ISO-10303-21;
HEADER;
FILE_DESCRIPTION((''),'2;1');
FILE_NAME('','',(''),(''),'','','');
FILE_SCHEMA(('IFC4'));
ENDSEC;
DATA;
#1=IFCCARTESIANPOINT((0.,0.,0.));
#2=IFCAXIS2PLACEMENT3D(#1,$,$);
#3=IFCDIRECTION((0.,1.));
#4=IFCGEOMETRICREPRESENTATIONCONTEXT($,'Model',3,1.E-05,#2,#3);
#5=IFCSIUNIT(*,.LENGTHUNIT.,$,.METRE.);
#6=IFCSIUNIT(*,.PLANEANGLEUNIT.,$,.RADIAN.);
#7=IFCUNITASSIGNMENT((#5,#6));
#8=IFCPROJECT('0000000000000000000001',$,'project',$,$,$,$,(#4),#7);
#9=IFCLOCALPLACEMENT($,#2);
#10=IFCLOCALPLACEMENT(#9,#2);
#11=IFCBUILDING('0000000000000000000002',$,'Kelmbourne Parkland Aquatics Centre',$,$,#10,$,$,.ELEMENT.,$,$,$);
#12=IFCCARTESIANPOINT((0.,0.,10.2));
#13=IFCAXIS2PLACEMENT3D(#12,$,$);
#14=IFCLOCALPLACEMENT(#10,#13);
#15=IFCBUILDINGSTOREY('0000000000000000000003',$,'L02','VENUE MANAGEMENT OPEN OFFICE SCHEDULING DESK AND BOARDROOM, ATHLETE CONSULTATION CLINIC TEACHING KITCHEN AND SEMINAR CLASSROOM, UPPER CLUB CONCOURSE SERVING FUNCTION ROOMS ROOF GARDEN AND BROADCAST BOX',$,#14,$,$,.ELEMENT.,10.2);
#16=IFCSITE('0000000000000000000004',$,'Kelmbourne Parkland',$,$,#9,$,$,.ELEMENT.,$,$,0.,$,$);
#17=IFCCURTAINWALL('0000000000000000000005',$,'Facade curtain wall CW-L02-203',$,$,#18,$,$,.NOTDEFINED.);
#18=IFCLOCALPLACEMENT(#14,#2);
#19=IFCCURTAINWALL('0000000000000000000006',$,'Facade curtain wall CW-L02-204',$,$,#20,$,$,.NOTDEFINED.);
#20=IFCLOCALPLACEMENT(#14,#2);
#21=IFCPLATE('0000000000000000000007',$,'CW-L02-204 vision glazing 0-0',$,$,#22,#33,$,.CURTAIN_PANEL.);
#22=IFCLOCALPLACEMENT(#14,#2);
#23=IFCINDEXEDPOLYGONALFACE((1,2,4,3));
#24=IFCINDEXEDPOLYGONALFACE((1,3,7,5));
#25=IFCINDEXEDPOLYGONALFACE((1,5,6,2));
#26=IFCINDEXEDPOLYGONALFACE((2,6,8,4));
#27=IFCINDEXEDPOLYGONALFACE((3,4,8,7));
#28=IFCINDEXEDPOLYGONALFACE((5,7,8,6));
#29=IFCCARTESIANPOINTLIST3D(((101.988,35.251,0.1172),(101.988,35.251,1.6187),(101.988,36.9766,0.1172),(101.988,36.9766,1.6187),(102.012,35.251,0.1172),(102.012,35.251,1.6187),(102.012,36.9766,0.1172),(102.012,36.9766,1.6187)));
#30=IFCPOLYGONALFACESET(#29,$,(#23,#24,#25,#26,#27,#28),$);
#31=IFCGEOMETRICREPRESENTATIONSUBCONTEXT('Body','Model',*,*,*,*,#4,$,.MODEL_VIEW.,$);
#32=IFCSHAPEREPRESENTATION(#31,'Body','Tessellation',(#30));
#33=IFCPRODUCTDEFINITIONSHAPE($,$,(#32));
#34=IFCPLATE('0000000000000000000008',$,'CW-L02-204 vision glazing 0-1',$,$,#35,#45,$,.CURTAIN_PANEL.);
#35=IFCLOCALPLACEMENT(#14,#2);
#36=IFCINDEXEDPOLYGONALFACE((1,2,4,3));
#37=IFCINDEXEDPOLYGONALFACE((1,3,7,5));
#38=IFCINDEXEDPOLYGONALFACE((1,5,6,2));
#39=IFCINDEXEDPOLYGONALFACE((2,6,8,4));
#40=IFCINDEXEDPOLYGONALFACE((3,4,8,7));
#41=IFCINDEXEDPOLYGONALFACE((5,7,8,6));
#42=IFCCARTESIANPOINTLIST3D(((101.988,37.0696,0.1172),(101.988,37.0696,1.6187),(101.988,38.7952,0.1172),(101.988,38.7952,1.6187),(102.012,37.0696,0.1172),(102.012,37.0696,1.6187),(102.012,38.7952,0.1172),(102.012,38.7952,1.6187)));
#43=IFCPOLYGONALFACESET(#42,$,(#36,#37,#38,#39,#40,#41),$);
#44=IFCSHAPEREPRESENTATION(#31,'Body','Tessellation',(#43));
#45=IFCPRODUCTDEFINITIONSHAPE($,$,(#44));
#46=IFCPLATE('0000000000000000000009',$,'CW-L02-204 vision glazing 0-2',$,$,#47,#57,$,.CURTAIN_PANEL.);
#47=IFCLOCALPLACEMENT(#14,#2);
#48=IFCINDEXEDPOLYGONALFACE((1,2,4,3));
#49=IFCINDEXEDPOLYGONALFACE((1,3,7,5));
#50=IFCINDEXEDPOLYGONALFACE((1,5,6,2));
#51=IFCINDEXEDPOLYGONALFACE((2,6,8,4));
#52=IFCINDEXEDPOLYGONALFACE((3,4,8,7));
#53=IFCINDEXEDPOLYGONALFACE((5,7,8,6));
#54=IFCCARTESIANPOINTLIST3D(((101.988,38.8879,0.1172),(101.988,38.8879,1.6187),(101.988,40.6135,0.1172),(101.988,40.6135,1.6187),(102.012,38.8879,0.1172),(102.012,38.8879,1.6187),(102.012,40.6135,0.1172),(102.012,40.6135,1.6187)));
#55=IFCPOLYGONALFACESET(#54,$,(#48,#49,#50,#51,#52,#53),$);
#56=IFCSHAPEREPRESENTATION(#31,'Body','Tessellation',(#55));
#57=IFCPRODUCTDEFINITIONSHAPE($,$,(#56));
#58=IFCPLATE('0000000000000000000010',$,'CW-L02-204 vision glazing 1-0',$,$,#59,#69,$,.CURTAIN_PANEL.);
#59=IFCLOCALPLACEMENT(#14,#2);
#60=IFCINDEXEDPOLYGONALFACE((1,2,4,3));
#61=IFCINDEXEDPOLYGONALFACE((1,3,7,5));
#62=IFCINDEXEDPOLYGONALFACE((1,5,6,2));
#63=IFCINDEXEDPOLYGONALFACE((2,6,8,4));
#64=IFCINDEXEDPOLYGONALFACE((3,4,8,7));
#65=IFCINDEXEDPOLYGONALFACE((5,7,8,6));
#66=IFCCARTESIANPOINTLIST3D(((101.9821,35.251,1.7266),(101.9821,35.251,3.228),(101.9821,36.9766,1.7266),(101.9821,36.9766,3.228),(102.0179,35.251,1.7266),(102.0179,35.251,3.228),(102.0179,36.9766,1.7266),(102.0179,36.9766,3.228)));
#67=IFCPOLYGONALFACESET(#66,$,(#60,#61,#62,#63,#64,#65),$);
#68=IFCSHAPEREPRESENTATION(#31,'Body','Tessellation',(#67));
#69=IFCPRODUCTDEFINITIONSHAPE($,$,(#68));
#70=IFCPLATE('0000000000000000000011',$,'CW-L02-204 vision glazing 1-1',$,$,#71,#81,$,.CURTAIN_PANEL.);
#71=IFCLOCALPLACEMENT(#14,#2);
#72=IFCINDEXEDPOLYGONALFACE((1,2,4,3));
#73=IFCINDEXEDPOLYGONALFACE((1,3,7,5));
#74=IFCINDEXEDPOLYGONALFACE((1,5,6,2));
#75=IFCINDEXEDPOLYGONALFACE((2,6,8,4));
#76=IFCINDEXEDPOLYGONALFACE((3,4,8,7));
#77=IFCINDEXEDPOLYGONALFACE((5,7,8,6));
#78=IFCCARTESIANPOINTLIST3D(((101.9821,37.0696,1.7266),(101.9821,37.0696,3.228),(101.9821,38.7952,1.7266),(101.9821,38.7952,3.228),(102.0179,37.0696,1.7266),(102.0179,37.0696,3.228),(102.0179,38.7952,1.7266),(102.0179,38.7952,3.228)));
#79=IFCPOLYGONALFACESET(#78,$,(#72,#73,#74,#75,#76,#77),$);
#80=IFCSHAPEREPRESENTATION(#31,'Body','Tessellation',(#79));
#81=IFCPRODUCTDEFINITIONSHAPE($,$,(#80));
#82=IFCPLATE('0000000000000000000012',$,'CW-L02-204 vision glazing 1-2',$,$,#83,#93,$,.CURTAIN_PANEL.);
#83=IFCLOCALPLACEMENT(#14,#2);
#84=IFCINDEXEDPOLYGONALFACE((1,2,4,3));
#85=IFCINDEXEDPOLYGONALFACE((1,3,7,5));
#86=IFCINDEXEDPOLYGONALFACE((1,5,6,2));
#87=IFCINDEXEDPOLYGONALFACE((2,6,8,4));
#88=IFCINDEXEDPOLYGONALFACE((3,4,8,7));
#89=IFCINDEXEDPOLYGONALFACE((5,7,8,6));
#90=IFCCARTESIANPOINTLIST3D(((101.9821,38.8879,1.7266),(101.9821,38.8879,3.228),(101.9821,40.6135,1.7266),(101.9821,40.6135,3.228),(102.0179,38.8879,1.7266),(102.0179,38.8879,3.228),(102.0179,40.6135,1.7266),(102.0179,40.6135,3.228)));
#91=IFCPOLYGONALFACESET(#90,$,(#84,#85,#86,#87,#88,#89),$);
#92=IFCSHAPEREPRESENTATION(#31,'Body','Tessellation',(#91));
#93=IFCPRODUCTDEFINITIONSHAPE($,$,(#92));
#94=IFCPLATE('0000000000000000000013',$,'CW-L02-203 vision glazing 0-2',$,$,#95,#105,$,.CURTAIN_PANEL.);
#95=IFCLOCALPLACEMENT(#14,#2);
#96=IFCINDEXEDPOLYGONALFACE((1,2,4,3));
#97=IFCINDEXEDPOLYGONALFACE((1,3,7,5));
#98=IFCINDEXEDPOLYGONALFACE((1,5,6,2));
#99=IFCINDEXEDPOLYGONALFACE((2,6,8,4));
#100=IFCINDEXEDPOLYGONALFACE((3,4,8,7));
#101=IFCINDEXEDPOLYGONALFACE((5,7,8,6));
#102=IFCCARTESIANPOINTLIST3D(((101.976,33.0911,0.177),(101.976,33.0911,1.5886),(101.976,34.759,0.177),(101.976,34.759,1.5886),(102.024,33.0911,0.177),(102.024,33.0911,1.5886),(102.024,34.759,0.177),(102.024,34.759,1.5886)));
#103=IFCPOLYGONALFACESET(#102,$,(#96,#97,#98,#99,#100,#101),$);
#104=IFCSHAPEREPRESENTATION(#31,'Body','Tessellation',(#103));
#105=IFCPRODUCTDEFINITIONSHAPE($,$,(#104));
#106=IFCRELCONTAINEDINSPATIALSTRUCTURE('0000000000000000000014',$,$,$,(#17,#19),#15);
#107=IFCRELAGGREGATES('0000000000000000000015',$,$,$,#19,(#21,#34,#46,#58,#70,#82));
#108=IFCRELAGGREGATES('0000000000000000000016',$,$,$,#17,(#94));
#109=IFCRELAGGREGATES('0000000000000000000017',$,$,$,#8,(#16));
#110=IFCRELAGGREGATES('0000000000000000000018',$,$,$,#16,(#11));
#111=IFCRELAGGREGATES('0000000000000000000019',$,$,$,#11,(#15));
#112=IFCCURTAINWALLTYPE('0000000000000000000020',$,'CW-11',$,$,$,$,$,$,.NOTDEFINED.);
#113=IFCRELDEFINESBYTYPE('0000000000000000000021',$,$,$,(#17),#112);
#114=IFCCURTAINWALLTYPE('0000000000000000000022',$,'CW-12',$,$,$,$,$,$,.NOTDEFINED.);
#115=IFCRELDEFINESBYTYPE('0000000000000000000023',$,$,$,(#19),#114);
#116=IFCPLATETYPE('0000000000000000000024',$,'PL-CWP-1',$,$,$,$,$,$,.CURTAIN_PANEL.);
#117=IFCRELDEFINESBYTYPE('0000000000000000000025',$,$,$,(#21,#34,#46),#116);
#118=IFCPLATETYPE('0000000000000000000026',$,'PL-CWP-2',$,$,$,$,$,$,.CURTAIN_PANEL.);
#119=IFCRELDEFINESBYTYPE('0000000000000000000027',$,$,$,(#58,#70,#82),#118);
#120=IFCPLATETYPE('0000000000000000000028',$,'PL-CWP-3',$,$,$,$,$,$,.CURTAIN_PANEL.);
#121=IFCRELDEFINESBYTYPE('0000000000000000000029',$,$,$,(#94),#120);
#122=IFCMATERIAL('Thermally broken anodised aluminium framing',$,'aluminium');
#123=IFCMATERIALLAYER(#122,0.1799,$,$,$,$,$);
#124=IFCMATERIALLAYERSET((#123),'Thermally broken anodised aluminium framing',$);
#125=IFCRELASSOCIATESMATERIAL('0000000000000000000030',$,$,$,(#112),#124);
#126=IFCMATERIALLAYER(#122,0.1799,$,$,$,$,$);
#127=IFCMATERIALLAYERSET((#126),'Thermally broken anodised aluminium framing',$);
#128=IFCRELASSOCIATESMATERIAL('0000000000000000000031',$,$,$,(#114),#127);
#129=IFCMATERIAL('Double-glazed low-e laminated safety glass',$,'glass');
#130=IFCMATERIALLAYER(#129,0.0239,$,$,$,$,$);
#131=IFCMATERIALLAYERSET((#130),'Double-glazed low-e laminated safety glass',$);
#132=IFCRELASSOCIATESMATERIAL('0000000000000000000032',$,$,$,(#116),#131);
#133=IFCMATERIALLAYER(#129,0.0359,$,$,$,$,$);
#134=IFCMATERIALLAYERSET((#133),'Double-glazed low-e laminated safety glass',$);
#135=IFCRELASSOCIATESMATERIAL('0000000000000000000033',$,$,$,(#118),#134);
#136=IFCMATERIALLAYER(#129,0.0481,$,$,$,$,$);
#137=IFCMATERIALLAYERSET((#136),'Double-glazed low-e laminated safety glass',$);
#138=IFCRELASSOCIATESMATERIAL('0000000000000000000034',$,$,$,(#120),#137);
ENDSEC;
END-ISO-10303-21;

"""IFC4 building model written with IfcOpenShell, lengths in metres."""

from ifc_helpers import new_model, si_unit, direction, frame, origin, origin_2d, place, context, subcontext, project, spatial, rectangle, extrude, material, layer, layer_set, type_object, element, aggregate, save


model = new_model("IFC4")

# Units and contexts
model_context = context("Model", 3, precision=1e-05, world=origin(), true_north=direction((0.0, 1.0)))
body_context = subcontext(model_context, "Body", "Model", "MODEL_VIEW")
ifc_project = project(units=[si_unit("LENGTHUNIT", "METRE"), si_unit("PLANEANGLEUNIT", "RADIAN")], contexts=[model_context])

# Site, building, storey
site_placement = place(None, origin())
site = spatial("IfcSite", under=ifc_project, at=site_placement, Name="Kelmbourne Parkland", CompositionType="ELEMENT", RefElevation=0.0)
building_placement = place(site_placement, origin())
building = spatial("IfcBuilding", under=site, at=building_placement, Name="Kelmbourne Parkland Aquatics Centre", CompositionType="ELEMENT")
storey_placement = place(building_placement, frame((0.0, 0.0, 10.2)))
storey = spatial("IfcBuildingStorey", under=building, at=storey_placement, Name="L02", Description="VENUE MANAGEMENT OPEN OFFICE SCHEDULING DESK AND BOARDROOM, ATHLETE CONSULTATION CLINIC TEACHING KITCHEN AND SEMINAR CLASSROOM, UPPER CLUB CONCOURSE SERVING FUNCTION ROOMS ROOF GARDEN AND BROADCAST BOX", CompositionType="ELEMENT", Elevation=10.2)

# Curtain wall
ifc_material_1 = material(Name="Thermally broken anodised aluminium framing", Category="aluminium")
ifc_layer_1 = layer(ifc_material_1, 0.1799)
ifc_layer_set_1 = layer_set([ifc_layer_1], Name="Thermally broken anodised aluminium framing")
curtain_wall_type_1 = type_object("IfcCurtainWallType", Name="CW-11", PredefinedType="NOTDEFINED", material=ifc_layer_set_1)
curtain_wall_1_placement = place(storey_placement, origin())
curtain_wall_1 = element("IfcCurtainWall", 1, at=curtain_wall_1_placement, inside=storey, type_object=curtain_wall_type_1, Name="Facade curtain wall CW-L02-203", PredefinedType="NOTDEFINED")

# Curtain wall
ifc_layer_2 = layer(ifc_material_1, 0.1799)
ifc_layer_set_2 = layer_set([ifc_layer_2], Name="Thermally broken anodised aluminium framing")
curtain_wall_type_2 = type_object("IfcCurtainWallType", Name="CW-12", PredefinedType="NOTDEFINED", material=ifc_layer_set_2)
curtain_wall_2_placement = place(storey_placement, origin())
curtain_wall_2 = element("IfcCurtainWall", 2, at=curtain_wall_2_placement, inside=storey, type_object=curtain_wall_type_2, Name="Facade curtain wall CW-L02-204", PredefinedType="NOTDEFINED")

# Plates
ifc_material_2 = material(Name="Double-glazed low-e laminated safety glass", Category="glass")
ifc_layer_3 = layer(ifc_material_2, 0.0239)
ifc_layer_set_3 = layer_set([ifc_layer_3], Name="Double-glazed low-e laminated safety glass")
plate_type_1 = type_object("IfcPlateType", Name="PL-CWP-1", PredefinedType="CURTAIN_PANEL", material=ifc_layer_set_3)
plate_1_placement = place(storey_placement, frame((102.0, 36.1138, 0.1172), z_axis=(0.0, 0.0, 1.0), x_axis=(0.0, 1.0, 0.0)))
plate_1 = element("IfcPlate", 3, at=plate_1_placement, type_object=plate_type_1, Name="CW-L02-204 vision glazing 0-0", PredefinedType="CURTAIN_PANEL", context=body_context, shape_type="SweptSolid", body=[
    extrude(rectangle(XDim=1.7256, YDim=0.0239, at=origin_2d()), origin(), (0.0, 0.0, 1.0), 1.5015),
])
plate_2_placement = place(storey_placement, frame((102.0, 37.9324, 0.1172), z_axis=(0.0, 0.0, 1.0), x_axis=(0.0, 1.0, 0.0)))
plate_2 = element("IfcPlate", 4, at=plate_2_placement, type_object=plate_type_1, Name="CW-L02-204 vision glazing 0-1", PredefinedType="CURTAIN_PANEL", context=body_context, shape_type="SweptSolid", body=[
    extrude(rectangle(XDim=1.7256, YDim=0.0239, at=origin_2d()), origin(), (0.0, 0.0, 1.0), 1.5015),
])
plate_3_placement = place(storey_placement, frame((102.0, 39.7507, 0.1172), z_axis=(0.0, 0.0, 1.0), x_axis=(0.0, 1.0, 0.0)))
plate_3 = element("IfcPlate", 5, at=plate_3_placement, type_object=plate_type_1, Name="CW-L02-204 vision glazing 0-2", PredefinedType="CURTAIN_PANEL", context=body_context, shape_type="SweptSolid", body=[
    extrude(rectangle(XDim=1.7256, YDim=0.0239, at=origin_2d()), origin(), (0.0, 0.0, 1.0), 1.5015),
])
ifc_layer_4 = layer(ifc_material_2, 0.0359)
ifc_layer_set_4 = layer_set([ifc_layer_4], Name="Double-glazed low-e laminated safety glass")
plate_type_2 = type_object("IfcPlateType", Name="PL-CWP-2", PredefinedType="CURTAIN_PANEL", material=ifc_layer_set_4)
plate_4_placement = place(storey_placement, frame((102.0, 36.1138, 1.7266), z_axis=(0.0, 0.0, 1.0), x_axis=(0.0, 1.0, 0.0)))
plate_4 = element("IfcPlate", 6, at=plate_4_placement, type_object=plate_type_2, Name="CW-L02-204 vision glazing 1-0", PredefinedType="CURTAIN_PANEL", context=body_context, shape_type="SweptSolid", body=[
    extrude(rectangle(XDim=1.7256, YDim=0.0359, at=origin_2d()), origin(), (0.0, 0.0, 1.0), 1.5015),
])
plate_5_placement = place(storey_placement, frame((102.0, 37.9324, 1.7266), z_axis=(0.0, 0.0, 1.0), x_axis=(0.0, 1.0, 0.0)))
plate_5 = element("IfcPlate", 7, at=plate_5_placement, type_object=plate_type_2, Name="CW-L02-204 vision glazing 1-1", PredefinedType="CURTAIN_PANEL", context=body_context, shape_type="SweptSolid", body=[
    extrude(rectangle(XDim=1.7256, YDim=0.0359, at=origin_2d()), origin(), (0.0, 0.0, 1.0), 1.5015),
])
plate_6_placement = place(storey_placement, frame((102.0, 39.7507, 1.7266), z_axis=(0.0, 0.0, 1.0), x_axis=(0.0, 1.0, 0.0)))
plate_6 = element("IfcPlate", 8, at=plate_6_placement, type_object=plate_type_2, Name="CW-L02-204 vision glazing 1-2", PredefinedType="CURTAIN_PANEL", context=body_context, shape_type="SweptSolid", body=[
    extrude(rectangle(XDim=1.7256, YDim=0.0359, at=origin_2d()), origin(), (0.0, 0.0, 1.0), 1.5015),
])
aggregate(curtain_wall_2, [plate_1, plate_2, plate_3, plate_4, plate_5, plate_6])
ifc_layer_5 = layer(ifc_material_2, 0.0481)
ifc_layer_set_5 = layer_set([ifc_layer_5], Name="Double-glazed low-e laminated safety glass")
plate_type_3 = type_object("IfcPlateType", Name="PL-CWP-3", PredefinedType="CURTAIN_PANEL", material=ifc_layer_set_5)
plate_7_placement = place(storey_placement, frame((102.0, 33.925, 0.177), z_axis=(0.0, 0.0, 1.0), x_axis=(0.0, 1.0, 0.0)))
plate_7 = element("IfcPlate", 9, at=plate_7_placement, type_object=plate_type_3, Name="CW-L02-203 vision glazing 0-2", PredefinedType="CURTAIN_PANEL", context=body_context, shape_type="SweptSolid", body=[
    extrude(rectangle(XDim=1.668, YDim=0.0481, at=origin_2d()), origin(), (0.0, 0.0, 1.0), 1.4116),
])
aggregate(curtain_wall_1, [plate_7])

save(model, "model.ifc")
